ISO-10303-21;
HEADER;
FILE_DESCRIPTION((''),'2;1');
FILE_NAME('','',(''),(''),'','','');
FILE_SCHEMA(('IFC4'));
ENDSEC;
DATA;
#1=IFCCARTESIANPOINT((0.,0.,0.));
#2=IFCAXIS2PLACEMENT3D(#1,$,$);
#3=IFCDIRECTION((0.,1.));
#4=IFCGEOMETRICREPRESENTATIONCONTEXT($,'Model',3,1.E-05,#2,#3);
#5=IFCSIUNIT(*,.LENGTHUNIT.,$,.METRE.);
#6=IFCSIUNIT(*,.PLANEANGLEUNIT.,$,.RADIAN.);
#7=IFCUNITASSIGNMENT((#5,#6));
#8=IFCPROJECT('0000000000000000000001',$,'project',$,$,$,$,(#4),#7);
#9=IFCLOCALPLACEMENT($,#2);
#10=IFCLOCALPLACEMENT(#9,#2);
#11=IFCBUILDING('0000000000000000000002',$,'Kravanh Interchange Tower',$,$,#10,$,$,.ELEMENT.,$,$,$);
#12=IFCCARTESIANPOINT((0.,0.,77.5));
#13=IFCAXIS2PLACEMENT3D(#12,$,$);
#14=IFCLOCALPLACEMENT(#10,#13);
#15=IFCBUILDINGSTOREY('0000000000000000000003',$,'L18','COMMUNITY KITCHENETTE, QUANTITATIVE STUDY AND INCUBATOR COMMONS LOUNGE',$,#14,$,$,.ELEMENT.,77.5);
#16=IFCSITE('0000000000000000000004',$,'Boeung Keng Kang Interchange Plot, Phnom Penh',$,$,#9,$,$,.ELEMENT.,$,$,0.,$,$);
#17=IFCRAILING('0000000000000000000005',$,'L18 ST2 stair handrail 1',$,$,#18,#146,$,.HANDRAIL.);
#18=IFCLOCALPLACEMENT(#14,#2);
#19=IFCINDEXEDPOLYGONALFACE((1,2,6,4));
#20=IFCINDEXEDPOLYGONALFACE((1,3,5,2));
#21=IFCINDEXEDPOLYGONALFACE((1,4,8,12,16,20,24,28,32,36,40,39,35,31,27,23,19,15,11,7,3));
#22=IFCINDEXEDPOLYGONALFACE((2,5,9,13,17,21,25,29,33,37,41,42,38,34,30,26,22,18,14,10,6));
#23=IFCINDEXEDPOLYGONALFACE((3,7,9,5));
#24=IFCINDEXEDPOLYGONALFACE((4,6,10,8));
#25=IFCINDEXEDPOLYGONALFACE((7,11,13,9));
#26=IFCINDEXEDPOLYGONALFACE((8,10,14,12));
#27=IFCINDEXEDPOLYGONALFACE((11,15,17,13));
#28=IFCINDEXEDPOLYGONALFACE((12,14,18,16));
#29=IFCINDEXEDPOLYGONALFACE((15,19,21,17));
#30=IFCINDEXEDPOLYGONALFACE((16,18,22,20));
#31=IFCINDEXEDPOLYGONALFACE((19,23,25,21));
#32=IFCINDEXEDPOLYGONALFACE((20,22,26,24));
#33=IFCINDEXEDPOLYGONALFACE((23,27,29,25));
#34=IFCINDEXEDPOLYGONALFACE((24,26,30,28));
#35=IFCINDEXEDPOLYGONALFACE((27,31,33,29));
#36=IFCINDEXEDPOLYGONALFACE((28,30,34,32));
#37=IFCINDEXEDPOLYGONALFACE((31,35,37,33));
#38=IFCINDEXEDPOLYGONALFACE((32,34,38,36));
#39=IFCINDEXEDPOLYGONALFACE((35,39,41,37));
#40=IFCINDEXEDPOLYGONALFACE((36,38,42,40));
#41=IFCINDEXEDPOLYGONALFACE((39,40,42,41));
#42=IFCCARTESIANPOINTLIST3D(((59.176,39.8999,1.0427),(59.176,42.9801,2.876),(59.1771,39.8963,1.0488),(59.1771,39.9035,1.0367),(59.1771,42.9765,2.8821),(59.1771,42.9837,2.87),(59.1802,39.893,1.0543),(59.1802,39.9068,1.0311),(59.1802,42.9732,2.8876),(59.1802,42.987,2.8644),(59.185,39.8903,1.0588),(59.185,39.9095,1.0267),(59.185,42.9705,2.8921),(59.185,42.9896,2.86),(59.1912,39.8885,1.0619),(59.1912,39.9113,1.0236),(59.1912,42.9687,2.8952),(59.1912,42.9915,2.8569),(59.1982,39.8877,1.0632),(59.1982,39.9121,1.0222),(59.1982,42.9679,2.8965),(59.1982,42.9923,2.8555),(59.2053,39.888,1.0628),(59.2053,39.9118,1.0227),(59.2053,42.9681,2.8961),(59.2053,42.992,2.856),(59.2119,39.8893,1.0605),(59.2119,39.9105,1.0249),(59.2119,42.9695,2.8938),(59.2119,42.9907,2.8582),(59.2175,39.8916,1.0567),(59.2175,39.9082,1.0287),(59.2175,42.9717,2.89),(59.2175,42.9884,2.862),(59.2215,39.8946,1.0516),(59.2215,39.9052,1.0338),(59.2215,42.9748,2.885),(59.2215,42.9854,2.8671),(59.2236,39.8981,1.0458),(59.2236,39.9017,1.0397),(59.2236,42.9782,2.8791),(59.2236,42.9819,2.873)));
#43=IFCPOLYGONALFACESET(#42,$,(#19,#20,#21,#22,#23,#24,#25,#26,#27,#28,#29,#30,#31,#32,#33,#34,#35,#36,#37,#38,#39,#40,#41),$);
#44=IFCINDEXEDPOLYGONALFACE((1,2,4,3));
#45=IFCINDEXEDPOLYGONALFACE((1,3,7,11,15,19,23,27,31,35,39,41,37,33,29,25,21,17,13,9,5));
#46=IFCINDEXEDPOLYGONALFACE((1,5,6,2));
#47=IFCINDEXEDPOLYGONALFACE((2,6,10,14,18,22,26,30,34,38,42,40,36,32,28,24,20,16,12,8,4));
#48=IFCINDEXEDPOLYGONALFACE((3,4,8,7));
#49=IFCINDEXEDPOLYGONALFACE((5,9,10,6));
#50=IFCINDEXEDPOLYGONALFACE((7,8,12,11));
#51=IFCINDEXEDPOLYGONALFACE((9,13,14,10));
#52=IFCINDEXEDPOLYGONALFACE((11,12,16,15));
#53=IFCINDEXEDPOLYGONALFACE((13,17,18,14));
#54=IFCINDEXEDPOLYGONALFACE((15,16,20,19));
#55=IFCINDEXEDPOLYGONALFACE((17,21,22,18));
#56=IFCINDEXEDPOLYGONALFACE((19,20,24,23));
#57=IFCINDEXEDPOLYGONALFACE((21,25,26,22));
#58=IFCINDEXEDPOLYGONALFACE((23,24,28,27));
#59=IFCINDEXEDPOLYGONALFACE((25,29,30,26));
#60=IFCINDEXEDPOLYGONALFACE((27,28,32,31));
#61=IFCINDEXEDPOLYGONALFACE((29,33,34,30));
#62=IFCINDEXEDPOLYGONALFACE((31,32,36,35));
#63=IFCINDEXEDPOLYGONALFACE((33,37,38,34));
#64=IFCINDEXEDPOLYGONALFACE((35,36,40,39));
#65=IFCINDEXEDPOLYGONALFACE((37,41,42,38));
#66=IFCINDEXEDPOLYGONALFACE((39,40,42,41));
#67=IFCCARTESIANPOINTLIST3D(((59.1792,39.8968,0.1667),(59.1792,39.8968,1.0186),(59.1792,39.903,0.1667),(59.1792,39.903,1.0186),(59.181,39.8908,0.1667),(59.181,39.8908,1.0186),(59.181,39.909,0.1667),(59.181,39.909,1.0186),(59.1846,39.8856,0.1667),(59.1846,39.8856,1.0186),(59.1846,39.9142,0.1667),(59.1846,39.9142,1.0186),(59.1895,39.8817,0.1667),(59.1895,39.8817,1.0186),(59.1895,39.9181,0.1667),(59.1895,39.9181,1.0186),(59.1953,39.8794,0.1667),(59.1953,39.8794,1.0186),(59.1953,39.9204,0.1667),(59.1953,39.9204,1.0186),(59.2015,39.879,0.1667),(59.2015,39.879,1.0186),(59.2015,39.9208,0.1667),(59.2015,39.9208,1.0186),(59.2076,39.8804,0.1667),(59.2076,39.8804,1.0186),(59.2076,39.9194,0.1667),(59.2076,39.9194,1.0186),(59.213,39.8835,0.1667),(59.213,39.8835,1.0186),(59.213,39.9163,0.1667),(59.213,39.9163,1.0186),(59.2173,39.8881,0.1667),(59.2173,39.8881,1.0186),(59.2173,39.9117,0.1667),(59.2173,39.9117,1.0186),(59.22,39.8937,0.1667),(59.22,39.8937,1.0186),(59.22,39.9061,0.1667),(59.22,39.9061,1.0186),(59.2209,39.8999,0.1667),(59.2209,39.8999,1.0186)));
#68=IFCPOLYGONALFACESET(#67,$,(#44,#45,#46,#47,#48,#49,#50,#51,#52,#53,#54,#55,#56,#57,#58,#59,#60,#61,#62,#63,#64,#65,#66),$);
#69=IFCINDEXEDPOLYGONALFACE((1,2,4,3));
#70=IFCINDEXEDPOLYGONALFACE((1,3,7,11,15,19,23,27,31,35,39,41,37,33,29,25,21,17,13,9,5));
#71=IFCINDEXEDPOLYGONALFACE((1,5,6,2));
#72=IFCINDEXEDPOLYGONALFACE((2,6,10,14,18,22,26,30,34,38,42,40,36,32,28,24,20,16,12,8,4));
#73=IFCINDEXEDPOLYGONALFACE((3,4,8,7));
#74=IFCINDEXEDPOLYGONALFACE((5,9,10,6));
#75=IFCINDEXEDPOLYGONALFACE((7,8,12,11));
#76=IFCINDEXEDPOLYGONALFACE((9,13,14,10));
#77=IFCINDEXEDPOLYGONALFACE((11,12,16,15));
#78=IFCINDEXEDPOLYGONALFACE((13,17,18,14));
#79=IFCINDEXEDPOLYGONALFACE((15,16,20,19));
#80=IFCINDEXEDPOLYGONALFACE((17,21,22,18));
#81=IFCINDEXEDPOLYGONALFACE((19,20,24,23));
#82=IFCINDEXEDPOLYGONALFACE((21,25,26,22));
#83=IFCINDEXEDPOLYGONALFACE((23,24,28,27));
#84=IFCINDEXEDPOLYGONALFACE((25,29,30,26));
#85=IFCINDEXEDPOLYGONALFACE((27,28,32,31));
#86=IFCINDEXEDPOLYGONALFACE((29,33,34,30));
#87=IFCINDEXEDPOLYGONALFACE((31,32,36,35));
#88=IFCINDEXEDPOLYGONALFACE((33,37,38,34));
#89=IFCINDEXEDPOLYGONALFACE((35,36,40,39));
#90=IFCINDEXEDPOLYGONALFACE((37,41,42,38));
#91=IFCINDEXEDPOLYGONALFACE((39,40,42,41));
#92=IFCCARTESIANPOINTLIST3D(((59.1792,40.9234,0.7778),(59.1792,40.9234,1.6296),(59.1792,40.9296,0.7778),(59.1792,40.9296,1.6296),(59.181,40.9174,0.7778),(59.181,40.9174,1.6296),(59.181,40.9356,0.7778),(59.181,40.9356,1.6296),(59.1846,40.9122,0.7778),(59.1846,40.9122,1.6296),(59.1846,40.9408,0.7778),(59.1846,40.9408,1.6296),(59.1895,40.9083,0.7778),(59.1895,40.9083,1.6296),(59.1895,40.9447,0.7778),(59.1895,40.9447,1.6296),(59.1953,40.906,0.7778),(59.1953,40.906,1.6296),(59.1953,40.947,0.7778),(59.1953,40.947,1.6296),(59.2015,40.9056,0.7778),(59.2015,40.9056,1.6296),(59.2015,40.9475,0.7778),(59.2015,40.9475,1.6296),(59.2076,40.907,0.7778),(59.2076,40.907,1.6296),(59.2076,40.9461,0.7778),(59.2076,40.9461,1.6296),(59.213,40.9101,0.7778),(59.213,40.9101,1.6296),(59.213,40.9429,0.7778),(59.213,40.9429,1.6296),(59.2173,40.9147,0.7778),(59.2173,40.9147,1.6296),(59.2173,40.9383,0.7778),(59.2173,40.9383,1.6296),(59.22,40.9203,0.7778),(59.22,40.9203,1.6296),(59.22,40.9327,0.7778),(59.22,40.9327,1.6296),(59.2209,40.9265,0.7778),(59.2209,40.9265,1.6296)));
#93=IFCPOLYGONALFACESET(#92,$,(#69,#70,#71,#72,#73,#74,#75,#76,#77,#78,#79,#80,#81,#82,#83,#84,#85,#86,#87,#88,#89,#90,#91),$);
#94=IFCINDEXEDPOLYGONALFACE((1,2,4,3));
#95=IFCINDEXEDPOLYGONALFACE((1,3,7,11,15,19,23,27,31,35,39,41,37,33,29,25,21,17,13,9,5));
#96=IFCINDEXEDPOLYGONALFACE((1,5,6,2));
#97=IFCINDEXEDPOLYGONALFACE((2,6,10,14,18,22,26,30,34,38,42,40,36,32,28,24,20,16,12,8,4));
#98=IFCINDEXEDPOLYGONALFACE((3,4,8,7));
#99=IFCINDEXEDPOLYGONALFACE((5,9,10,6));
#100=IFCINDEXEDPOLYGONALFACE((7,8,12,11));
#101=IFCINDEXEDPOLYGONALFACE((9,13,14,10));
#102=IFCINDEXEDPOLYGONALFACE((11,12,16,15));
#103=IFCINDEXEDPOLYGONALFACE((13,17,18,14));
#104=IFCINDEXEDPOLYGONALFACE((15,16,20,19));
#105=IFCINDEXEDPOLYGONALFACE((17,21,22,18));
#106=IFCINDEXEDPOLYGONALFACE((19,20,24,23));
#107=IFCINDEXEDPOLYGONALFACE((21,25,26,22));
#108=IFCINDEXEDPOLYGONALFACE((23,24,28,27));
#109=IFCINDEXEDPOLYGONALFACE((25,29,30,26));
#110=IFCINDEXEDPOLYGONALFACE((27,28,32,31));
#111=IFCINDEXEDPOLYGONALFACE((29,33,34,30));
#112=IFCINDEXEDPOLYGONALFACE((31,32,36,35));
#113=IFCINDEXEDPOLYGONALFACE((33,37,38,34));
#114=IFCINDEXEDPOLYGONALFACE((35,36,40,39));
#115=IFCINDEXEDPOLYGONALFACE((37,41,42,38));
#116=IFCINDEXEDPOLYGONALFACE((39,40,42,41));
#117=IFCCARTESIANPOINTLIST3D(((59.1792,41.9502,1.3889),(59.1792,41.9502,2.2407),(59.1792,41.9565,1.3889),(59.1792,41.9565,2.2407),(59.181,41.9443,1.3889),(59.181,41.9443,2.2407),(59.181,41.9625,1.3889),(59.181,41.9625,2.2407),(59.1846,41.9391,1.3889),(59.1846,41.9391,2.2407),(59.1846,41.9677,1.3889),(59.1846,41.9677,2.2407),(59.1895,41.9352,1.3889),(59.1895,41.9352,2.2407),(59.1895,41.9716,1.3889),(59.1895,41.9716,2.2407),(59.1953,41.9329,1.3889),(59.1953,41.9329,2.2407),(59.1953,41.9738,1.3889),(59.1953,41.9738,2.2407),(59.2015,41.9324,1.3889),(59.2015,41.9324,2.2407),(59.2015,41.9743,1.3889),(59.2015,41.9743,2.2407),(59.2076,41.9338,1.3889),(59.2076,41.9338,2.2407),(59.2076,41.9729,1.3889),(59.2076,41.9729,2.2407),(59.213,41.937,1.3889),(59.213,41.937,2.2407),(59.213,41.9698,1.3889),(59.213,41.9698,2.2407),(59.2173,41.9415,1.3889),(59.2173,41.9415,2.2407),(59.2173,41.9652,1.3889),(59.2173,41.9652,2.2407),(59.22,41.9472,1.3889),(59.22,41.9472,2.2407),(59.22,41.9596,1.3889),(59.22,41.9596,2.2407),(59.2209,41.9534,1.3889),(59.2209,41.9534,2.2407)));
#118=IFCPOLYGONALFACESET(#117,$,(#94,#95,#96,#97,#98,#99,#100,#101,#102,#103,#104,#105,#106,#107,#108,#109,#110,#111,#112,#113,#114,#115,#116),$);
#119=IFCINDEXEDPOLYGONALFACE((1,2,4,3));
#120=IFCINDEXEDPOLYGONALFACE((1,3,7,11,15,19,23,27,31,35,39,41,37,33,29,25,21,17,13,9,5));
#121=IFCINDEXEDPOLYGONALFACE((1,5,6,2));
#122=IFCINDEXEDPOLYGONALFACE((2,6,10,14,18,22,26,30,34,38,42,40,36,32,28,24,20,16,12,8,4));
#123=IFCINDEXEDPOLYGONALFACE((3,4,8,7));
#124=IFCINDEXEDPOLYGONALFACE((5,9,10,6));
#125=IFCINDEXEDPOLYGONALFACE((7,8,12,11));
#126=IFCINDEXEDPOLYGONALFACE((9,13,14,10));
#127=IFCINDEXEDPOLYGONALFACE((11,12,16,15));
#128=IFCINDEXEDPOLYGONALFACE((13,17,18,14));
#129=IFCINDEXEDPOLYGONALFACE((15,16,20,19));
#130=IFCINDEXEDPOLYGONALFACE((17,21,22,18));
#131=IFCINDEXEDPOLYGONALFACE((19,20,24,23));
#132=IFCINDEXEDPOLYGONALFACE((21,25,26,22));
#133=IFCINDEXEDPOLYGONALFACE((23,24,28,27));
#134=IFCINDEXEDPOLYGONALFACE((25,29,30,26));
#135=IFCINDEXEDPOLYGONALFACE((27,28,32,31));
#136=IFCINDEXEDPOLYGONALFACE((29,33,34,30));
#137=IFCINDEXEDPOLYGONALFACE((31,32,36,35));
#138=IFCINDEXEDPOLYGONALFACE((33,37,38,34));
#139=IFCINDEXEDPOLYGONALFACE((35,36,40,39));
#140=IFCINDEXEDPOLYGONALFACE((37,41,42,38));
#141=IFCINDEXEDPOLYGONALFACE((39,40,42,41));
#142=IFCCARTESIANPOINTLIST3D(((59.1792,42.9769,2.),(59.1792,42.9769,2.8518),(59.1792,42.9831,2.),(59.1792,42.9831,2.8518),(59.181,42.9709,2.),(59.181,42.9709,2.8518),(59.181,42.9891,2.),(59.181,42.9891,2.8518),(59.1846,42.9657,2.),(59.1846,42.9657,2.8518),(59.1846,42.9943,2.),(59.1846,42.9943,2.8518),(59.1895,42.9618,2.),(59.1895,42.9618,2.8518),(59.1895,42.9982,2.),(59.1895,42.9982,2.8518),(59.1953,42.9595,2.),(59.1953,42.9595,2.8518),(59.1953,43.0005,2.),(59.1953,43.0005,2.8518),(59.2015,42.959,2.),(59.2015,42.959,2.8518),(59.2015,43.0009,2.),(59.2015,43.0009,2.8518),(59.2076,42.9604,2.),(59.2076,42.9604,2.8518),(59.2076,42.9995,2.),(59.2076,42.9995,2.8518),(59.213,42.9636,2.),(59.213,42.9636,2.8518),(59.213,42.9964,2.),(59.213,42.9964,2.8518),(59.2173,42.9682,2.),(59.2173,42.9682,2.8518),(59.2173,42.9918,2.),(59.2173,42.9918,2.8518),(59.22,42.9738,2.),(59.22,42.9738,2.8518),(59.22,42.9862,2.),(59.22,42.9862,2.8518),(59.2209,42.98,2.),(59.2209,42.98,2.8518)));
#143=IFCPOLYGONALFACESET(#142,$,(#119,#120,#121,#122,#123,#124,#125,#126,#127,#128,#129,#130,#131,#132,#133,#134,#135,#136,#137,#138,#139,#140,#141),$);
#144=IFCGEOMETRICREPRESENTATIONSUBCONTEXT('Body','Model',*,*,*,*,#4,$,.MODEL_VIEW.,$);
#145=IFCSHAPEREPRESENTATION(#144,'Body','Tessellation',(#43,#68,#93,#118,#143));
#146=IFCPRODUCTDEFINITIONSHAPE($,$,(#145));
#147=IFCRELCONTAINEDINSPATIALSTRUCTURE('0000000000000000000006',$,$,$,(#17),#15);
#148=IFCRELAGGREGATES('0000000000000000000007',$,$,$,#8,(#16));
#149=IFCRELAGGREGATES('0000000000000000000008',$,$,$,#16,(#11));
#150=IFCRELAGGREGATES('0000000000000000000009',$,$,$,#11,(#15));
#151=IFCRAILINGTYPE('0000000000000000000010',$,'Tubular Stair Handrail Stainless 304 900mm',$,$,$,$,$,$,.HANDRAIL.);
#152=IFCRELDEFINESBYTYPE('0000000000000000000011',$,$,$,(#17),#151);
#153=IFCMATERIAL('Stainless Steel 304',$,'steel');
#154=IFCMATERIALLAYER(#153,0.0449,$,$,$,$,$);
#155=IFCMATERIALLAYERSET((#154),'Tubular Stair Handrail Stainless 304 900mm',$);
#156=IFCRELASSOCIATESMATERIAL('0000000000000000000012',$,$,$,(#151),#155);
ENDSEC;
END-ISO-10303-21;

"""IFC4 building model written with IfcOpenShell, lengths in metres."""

from ifc_helpers import new_model, si_unit, direction, frame, origin, origin_2d, place, context, subcontext, project, spatial, circle, extrude, material, layer, layer_set, type_object, element, save


model = new_model("IFC4")

# Units and contexts
model_context = context("Model", 3, precision=1e-05, world=origin(), true_north=direction((0.0, 1.0)))
body_context = subcontext(model_context, "Body", "Model", "MODEL_VIEW")
ifc_project = project(units=[si_unit("LENGTHUNIT", "METRE"), si_unit("PLANEANGLEUNIT", "RADIAN")], contexts=[model_context])

# Site, building, storey
site_placement = place(None, origin())
site = spatial("IfcSite", under=ifc_project, at=site_placement, Name="Boeung Keng Kang Interchange Plot, Phnom Penh", CompositionType="ELEMENT", RefElevation=0.0)
building_placement = place(site_placement, origin())
building = spatial("IfcBuilding", under=site, at=building_placement, Name="Kravanh Interchange Tower", CompositionType="ELEMENT")
storey_placement = place(building_placement, frame((0.0, 0.0, 77.5)))
storey = spatial("IfcBuildingStorey", under=building, at=storey_placement, Name="L18", Description="COMMUNITY KITCHENETTE, QUANTITATIVE STUDY AND INCUBATOR COMMONS LOUNGE", CompositionType="ELEMENT", Elevation=77.5)

# Railing
ifc_material_1 = material(Name="Stainless Steel 304", Category="steel")
ifc_layer_1 = layer(ifc_material_1, 0.0449)
ifc_layer_set_1 = layer_set([ifc_layer_1], Name="Tubular Stair Handrail Stainless 304 900mm")
railing_type_1 = type_object("IfcRailingType", Name="Tubular Stair Handrail Stainless 304 900mm", PredefinedType="HANDRAIL", material=ifc_layer_set_1)
railing_1_placement = place(storey_placement, frame((59.2, 39.8999, 0.1667)))
element("IfcRailing", 1, at=railing_1_placement, inside=storey, type_object=railing_type_1, Name="L18 ST2 stair handrail 1", PredefinedType="HANDRAIL", context=body_context, shape_type="SweptSolid", body=[
    extrude(circle(Radius=0.0239, at=origin_2d()), frame((0.0, 0.0, 0.876), z_axis=(0.0, 0.859309, 0.511458), x_axis=(-1.0, 0.0, 0.0)), (0.0, 0.0, 1.0), 3.5845),
    extrude(circle(Radius=0.021, at=origin_2d()), origin(), (0.0, 0.0, 1.0), 0.8518),
    extrude(circle(Radius=0.021, at=origin_2d()), frame((0.0, 1.0266, 0.6111)), (0.0, 0.0, 1.0), 0.8518),
    extrude(circle(Radius=0.021, at=origin_2d()), frame((0.0, 2.0535, 1.2222)), (0.0, 0.0, 1.0), 0.8518),
    extrude(circle(Radius=0.021, at=origin_2d()), frame((0.0, 3.0801, 1.8333)), (0.0, 0.0, 1.0), 0.8518),
])

save(model, "model.ifc")
